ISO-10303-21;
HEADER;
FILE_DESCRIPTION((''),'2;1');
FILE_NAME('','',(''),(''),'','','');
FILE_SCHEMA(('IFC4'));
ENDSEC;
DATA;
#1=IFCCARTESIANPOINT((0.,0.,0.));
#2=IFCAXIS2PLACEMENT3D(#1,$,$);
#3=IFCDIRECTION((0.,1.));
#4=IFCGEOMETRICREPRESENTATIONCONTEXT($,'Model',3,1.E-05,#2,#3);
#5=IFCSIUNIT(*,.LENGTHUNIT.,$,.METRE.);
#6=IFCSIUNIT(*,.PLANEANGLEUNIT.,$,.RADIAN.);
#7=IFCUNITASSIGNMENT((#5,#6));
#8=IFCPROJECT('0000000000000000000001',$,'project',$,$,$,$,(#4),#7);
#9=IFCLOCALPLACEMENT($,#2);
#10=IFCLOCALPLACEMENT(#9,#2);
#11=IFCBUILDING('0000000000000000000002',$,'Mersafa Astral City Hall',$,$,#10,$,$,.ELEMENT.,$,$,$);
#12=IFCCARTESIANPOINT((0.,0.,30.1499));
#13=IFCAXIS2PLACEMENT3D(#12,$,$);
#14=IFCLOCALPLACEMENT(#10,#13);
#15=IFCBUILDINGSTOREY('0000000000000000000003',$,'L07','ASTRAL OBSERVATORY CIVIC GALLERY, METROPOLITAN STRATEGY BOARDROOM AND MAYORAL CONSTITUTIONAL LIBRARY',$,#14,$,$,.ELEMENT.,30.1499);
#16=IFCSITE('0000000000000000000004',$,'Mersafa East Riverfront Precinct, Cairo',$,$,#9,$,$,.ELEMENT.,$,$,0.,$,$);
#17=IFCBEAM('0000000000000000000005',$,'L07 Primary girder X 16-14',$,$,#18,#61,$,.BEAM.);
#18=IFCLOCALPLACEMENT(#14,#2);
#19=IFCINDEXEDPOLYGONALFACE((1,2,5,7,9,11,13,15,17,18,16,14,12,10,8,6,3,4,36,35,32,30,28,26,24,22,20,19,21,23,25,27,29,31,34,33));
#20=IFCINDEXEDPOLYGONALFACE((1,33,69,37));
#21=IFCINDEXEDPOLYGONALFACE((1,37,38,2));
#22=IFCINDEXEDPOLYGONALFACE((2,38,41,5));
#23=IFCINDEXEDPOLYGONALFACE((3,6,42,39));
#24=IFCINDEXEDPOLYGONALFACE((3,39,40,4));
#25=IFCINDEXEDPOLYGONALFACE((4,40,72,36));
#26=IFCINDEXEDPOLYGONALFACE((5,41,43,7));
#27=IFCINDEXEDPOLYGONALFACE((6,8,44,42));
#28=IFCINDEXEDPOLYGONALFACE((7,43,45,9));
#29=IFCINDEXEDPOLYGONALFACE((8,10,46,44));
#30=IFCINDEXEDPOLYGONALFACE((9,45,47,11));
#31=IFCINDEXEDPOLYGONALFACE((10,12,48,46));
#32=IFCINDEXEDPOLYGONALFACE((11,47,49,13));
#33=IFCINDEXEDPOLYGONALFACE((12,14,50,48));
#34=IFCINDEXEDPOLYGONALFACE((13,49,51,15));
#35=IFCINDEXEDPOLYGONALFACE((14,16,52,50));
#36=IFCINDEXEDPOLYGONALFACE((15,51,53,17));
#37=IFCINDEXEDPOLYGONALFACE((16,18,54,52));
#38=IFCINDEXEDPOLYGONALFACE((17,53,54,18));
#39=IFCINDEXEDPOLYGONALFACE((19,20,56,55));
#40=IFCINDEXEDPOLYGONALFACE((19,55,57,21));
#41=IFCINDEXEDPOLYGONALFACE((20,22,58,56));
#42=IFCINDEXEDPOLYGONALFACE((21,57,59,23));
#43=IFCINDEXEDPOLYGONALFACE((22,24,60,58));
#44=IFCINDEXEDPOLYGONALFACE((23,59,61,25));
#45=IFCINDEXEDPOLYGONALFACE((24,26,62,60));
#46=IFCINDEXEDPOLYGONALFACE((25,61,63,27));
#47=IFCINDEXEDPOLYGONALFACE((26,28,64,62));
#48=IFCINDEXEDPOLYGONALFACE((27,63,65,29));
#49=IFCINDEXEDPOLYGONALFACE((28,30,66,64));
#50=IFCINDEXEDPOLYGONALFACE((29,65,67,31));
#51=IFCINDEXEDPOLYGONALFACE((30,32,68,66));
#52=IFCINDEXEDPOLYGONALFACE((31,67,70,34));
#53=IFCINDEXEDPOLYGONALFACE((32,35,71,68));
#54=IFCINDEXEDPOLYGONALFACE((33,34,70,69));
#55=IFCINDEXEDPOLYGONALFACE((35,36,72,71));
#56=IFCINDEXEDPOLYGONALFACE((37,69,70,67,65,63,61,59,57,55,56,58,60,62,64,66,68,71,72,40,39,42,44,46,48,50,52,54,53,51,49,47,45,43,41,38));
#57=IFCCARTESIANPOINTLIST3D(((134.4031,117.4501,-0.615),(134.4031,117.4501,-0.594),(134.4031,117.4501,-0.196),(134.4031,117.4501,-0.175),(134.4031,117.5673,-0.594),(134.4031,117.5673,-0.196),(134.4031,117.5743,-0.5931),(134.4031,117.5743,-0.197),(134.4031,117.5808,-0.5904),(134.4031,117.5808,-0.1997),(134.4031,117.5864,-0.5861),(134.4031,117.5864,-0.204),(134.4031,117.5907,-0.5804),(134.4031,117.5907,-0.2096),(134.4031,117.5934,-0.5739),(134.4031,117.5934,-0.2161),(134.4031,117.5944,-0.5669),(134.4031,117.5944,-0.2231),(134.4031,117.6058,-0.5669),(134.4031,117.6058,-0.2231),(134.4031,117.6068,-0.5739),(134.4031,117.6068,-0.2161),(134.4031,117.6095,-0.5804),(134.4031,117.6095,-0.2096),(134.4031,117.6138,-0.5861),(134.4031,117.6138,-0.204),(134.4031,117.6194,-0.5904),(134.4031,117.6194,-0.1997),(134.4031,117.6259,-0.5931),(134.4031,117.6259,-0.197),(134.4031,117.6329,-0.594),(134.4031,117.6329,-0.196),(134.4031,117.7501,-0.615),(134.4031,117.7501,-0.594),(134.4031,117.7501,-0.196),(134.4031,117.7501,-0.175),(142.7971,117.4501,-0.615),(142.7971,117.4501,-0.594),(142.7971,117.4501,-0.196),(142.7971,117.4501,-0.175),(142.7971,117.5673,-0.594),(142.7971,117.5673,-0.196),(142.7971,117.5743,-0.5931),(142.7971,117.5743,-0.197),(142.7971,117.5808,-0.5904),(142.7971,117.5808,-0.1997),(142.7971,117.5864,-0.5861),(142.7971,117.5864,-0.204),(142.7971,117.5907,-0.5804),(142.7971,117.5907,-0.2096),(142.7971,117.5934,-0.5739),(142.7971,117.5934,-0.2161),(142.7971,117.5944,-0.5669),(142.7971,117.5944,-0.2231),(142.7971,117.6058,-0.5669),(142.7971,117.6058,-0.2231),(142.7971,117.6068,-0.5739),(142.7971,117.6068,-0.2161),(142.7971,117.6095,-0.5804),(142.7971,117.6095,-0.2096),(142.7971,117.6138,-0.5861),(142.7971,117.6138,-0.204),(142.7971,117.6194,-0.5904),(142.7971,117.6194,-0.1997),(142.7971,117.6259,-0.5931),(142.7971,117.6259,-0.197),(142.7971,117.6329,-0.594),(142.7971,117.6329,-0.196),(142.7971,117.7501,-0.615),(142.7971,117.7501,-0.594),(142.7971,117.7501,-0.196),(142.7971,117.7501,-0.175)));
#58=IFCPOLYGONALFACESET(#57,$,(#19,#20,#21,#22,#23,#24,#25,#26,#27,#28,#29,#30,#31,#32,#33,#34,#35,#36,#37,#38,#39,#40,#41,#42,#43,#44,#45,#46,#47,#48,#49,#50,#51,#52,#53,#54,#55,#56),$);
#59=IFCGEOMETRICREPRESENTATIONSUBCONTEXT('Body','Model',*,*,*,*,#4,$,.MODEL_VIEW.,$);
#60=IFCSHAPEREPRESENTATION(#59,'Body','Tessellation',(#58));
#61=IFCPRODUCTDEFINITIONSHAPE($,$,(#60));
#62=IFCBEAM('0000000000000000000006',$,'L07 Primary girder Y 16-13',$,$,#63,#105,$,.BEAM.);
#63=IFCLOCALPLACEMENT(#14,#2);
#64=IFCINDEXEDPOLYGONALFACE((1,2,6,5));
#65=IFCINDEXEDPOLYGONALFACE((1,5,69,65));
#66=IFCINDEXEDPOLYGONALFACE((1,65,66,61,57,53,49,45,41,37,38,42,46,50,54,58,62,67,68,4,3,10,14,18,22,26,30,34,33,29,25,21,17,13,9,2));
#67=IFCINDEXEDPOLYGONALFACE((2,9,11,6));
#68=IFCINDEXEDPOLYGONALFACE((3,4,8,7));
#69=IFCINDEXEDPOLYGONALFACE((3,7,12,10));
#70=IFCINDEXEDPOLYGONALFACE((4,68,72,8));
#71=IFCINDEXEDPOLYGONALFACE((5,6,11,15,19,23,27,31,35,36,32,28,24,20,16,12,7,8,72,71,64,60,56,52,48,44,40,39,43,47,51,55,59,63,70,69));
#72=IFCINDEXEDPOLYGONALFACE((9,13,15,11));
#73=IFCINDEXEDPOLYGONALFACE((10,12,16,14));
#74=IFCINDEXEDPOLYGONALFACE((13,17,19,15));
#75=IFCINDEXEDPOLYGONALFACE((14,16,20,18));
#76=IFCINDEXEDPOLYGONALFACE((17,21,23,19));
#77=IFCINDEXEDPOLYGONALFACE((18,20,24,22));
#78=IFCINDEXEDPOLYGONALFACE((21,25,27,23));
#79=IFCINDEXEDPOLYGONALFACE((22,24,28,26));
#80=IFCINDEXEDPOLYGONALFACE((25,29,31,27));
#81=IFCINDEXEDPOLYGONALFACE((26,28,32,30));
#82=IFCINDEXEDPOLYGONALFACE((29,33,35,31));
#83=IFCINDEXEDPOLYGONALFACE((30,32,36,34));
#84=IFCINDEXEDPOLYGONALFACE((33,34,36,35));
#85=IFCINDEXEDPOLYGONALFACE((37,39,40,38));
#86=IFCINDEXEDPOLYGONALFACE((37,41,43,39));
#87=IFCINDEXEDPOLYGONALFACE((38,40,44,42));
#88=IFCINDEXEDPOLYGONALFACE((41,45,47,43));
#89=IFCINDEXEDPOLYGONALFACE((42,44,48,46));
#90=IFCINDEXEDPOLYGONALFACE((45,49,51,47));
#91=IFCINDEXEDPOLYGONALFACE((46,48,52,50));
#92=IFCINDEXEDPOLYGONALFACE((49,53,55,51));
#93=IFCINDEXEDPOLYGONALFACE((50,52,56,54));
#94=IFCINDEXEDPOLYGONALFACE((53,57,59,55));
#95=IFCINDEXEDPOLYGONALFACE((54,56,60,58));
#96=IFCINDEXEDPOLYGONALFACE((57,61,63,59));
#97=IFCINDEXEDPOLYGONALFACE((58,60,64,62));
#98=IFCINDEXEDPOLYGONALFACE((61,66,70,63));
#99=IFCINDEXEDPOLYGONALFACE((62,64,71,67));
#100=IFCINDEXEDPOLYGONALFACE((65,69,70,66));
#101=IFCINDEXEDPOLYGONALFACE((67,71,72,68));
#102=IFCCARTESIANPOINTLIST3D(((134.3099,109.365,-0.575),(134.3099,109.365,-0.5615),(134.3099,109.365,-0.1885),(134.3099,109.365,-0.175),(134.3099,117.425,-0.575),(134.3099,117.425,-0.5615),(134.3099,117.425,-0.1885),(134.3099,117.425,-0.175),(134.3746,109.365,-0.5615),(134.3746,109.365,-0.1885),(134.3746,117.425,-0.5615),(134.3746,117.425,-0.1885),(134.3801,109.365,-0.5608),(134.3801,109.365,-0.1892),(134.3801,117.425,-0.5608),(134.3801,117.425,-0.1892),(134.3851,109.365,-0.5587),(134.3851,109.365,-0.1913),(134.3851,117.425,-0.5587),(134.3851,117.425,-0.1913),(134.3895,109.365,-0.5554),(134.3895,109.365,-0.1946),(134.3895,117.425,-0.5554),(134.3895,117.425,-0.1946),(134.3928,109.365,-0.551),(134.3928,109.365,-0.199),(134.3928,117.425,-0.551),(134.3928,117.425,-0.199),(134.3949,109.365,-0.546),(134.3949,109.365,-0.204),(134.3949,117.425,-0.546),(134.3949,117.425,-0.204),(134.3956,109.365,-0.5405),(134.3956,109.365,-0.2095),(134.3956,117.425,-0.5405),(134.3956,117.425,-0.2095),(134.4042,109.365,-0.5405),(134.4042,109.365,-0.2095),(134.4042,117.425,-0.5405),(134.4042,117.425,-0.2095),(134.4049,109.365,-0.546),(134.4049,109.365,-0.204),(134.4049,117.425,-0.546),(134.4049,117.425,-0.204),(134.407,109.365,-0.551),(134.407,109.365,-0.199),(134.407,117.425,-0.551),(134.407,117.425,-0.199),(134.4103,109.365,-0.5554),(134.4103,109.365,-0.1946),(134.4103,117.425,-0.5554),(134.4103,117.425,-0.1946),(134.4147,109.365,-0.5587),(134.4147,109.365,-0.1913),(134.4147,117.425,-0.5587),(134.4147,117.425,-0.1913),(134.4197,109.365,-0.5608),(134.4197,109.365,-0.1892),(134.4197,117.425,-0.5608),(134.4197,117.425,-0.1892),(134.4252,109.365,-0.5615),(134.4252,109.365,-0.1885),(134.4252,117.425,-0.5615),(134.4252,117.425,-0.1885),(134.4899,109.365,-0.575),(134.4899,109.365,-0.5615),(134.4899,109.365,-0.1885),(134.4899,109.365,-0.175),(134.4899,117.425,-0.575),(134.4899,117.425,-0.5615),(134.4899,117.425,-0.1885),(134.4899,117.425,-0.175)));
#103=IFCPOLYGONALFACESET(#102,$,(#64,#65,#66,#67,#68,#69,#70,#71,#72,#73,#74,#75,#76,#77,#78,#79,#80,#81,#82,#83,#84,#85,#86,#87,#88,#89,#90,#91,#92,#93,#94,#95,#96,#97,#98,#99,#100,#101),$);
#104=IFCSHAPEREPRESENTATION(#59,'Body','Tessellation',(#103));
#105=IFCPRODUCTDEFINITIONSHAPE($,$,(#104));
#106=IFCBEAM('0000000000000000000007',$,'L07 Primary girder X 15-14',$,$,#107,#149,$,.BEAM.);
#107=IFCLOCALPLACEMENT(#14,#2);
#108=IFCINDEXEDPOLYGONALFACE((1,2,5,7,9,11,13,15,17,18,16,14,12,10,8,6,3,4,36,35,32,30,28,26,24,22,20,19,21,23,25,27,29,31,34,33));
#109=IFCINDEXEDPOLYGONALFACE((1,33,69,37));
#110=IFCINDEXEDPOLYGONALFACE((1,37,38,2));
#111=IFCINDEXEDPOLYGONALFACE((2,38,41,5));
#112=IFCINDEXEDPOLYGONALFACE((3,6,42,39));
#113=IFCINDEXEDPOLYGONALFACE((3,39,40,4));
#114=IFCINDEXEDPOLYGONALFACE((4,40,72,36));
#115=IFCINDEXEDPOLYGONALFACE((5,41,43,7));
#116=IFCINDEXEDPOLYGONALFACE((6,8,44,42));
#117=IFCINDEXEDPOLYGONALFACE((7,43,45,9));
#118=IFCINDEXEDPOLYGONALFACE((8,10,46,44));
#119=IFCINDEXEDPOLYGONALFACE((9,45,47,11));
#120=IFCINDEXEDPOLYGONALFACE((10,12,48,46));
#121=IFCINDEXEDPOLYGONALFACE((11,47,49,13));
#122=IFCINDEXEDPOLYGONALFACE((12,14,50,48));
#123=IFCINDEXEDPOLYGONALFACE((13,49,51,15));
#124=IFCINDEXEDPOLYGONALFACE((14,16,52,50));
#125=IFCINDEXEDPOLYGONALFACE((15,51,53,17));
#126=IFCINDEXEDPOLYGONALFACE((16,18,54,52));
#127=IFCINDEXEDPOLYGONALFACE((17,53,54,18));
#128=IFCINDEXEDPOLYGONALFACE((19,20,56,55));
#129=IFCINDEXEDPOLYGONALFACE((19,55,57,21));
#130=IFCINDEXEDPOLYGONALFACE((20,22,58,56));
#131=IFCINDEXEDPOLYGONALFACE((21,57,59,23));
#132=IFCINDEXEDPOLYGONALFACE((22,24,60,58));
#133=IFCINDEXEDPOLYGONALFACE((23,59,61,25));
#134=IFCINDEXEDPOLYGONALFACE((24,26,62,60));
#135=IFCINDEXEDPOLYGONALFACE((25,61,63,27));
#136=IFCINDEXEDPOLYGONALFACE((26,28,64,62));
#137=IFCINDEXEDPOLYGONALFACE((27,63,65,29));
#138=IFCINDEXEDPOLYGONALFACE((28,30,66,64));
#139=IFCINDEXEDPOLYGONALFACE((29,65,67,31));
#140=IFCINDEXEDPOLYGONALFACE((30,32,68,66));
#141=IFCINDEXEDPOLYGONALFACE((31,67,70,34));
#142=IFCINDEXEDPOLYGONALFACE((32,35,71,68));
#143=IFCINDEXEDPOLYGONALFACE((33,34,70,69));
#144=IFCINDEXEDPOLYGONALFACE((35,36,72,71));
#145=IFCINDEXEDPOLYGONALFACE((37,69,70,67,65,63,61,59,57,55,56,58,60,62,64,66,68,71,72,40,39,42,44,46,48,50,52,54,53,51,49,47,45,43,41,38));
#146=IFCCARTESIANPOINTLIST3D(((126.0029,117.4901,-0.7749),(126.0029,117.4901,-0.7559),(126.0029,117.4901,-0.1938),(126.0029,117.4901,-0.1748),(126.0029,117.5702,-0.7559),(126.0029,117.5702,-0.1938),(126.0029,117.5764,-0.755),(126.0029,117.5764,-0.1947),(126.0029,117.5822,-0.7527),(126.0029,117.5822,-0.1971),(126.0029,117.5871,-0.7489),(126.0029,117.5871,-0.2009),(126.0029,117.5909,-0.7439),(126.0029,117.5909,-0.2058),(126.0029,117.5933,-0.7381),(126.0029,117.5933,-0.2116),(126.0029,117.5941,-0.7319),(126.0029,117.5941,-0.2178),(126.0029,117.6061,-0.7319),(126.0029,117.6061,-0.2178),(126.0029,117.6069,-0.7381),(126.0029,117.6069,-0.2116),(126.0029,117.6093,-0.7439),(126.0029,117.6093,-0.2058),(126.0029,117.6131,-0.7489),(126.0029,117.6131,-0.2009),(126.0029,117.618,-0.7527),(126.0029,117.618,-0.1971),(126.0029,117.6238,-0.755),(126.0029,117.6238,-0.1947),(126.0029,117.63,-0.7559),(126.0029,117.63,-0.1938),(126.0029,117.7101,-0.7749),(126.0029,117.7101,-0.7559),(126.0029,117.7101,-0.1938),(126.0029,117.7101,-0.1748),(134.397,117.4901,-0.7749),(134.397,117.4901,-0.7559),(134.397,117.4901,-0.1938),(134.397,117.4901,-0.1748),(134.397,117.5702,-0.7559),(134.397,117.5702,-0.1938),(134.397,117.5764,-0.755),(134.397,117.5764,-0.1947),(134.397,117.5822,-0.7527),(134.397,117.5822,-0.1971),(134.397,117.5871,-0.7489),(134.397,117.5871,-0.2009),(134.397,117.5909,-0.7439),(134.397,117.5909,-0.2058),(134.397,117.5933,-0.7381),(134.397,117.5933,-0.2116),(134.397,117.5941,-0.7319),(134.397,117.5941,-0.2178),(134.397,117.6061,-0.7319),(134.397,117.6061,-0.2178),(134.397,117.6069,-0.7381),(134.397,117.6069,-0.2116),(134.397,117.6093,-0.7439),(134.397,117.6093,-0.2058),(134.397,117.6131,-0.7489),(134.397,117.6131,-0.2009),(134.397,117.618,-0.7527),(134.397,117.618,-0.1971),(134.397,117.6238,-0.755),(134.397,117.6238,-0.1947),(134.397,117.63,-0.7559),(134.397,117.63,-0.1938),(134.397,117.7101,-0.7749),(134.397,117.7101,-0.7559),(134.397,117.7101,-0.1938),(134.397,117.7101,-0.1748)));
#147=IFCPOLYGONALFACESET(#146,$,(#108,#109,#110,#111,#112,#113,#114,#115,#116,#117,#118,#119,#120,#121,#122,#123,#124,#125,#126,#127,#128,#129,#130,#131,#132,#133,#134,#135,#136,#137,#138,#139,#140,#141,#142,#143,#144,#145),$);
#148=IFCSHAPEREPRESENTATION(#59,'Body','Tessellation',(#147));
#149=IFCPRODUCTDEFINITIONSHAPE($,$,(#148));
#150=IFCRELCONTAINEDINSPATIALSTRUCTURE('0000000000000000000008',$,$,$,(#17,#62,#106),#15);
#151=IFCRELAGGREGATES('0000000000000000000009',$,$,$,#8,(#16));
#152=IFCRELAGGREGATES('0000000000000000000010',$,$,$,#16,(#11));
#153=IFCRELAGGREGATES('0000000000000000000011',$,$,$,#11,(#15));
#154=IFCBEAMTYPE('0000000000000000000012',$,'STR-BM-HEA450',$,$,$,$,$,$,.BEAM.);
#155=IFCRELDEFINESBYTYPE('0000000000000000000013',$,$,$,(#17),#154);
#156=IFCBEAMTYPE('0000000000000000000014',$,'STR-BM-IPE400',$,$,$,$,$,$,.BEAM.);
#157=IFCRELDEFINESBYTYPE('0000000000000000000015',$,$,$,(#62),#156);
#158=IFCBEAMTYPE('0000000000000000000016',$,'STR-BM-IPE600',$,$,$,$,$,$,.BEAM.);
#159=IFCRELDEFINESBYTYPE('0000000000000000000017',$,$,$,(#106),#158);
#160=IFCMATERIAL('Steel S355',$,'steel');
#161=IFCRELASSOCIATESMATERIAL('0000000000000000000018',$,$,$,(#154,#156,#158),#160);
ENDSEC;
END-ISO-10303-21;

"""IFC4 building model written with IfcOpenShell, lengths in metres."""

from ifc_helpers import new_model, si_unit, direction, frame, origin, origin_2d, place, context, subcontext, project, spatial, i_section, extrude, material, material_profile, profile_set, type_object, element, save


model = new_model("IFC4")

# Units and contexts
model_context = context("Model", 3, precision=1e-05, world=origin(), true_north=direction((0.0, 1.0)))
body_context = subcontext(model_context, "Body", "Model", "MODEL_VIEW")
ifc_project = project(units=[si_unit("LENGTHUNIT", "METRE"), si_unit("PLANEANGLEUNIT", "RADIAN")], contexts=[model_context])

# Site, building, storey
site_placement = place(None, origin())
site = spatial("IfcSite", under=ifc_project, at=site_placement, Name="Mersafa East Riverfront Precinct, Cairo", CompositionType="ELEMENT", RefElevation=0.0)
building_placement = place(site_placement, origin())
building = spatial("IfcBuilding", under=site, at=building_placement, Name="Mersafa Astral City Hall", CompositionType="ELEMENT")
storey_placement = place(building_placement, frame((0.0, 0.0, 30.1499)))
storey = spatial("IfcBuildingStorey", under=building, at=storey_placement, Name="L07", Description="ASTRAL OBSERVATORY CIVIC GALLERY, METROPOLITAN STRATEGY BOARDROOM AND MAYORAL CONSTITUTIONAL LIBRARY", CompositionType="ELEMENT", Elevation=30.1499)

# Shared definitions
ifc_material_1 = material(Name="Steel S355", Category="steel")

# Beams
ifc_material_profile_1 = material_profile(ifc_material_1, i_section(OverallWidth=0.3, OverallDepth=0.4399, WebThickness=0.0115, FlangeThickness=0.021, FilletRadius=0.0271, at=origin_2d()), Name="HEA 450")
ifc_profile_set_1 = profile_set([ifc_material_profile_1], Name="Steel S355")
beam_type_1 = type_object("IfcBeamType", Name="STR-BM-HEA450", PredefinedType="BEAM", material=ifc_profile_set_1)
beam_1_placement = place(storey_placement, frame((134.4031, 117.6001, -0.395), z_axis=(1.0, 0.0, 0.0), x_axis=(0.0, 1.0, 0.0)))
element("IfcBeam", 1, at=beam_1_placement, inside=storey, type_object=beam_type_1, Name="L07 Primary girder X 16-14", PredefinedType="BEAM", context=body_context, shape_type="SweptSolid", body=[
    extrude(i_section(OverallWidth=0.3, OverallDepth=0.4399, WebThickness=0.0115, FlangeThickness=0.021, FilletRadius=0.0271, at=origin_2d()), origin(), (0.0, 0.0, 1.0), 8.394),
])
ifc_material_profile_2 = material_profile(ifc_material_1, i_section(OverallWidth=0.1799, OverallDepth=0.3999, WebThickness=0.0085, FlangeThickness=0.0134, FilletRadius=0.021, at=origin_2d()), Name="IPE 400")
ifc_profile_set_2 = profile_set([ifc_material_profile_2], Name="Steel S355")
beam_type_2 = type_object("IfcBeamType", Name="STR-BM-IPE400", PredefinedType="BEAM", material=ifc_profile_set_2)
beam_2_placement = place(storey_placement, frame((134.3999, 109.365, -0.375), z_axis=(0.0, 1.0, 0.0), x_axis=(-1.0, 0.0, 0.0)))
element("IfcBeam", 2, at=beam_2_placement, inside=storey, type_object=beam_type_2, Name="L07 Primary girder Y 16-13", PredefinedType="BEAM", context=body_context, shape_type="SweptSolid", body=[
    extrude(i_section(OverallWidth=0.1799, OverallDepth=0.3999, WebThickness=0.0085, FlangeThickness=0.0134, FilletRadius=0.021, at=origin_2d()), origin(), (0.0, 0.0, 1.0), 8.0601),
])
ifc_material_profile_3 = material_profile(ifc_material_1, i_section(OverallWidth=0.22, OverallDepth=0.6001, WebThickness=0.012, FlangeThickness=0.019, FilletRadius=0.0239, at=origin_2d()), Name="IPE 600")
ifc_profile_set_3 = profile_set([ifc_material_profile_3], Name="Steel S355")
beam_type_3 = type_object("IfcBeamType", Name="STR-BM-IPE600", PredefinedType="BEAM", material=ifc_profile_set_3)
beam_3_placement = place(storey_placement, frame((126.0029, 117.6001, -0.4749), z_axis=(1.0, 0.0, 0.0), x_axis=(0.0, 1.0, 0.0)))
element("IfcBeam", 3, at=beam_3_placement, inside=storey, type_object=beam_type_3, Name="L07 Primary girder X 15-14", PredefinedType="BEAM", context=body_context, shape_type="SweptSolid", body=[
    extrude(i_section(OverallWidth=0.22, OverallDepth=0.6001, WebThickness=0.012, FlangeThickness=0.019, FilletRadius=0.0239, at=origin_2d()), origin(), (0.0, 0.0, 1.0), 8.394),
])

save(model, "model.ifc")
